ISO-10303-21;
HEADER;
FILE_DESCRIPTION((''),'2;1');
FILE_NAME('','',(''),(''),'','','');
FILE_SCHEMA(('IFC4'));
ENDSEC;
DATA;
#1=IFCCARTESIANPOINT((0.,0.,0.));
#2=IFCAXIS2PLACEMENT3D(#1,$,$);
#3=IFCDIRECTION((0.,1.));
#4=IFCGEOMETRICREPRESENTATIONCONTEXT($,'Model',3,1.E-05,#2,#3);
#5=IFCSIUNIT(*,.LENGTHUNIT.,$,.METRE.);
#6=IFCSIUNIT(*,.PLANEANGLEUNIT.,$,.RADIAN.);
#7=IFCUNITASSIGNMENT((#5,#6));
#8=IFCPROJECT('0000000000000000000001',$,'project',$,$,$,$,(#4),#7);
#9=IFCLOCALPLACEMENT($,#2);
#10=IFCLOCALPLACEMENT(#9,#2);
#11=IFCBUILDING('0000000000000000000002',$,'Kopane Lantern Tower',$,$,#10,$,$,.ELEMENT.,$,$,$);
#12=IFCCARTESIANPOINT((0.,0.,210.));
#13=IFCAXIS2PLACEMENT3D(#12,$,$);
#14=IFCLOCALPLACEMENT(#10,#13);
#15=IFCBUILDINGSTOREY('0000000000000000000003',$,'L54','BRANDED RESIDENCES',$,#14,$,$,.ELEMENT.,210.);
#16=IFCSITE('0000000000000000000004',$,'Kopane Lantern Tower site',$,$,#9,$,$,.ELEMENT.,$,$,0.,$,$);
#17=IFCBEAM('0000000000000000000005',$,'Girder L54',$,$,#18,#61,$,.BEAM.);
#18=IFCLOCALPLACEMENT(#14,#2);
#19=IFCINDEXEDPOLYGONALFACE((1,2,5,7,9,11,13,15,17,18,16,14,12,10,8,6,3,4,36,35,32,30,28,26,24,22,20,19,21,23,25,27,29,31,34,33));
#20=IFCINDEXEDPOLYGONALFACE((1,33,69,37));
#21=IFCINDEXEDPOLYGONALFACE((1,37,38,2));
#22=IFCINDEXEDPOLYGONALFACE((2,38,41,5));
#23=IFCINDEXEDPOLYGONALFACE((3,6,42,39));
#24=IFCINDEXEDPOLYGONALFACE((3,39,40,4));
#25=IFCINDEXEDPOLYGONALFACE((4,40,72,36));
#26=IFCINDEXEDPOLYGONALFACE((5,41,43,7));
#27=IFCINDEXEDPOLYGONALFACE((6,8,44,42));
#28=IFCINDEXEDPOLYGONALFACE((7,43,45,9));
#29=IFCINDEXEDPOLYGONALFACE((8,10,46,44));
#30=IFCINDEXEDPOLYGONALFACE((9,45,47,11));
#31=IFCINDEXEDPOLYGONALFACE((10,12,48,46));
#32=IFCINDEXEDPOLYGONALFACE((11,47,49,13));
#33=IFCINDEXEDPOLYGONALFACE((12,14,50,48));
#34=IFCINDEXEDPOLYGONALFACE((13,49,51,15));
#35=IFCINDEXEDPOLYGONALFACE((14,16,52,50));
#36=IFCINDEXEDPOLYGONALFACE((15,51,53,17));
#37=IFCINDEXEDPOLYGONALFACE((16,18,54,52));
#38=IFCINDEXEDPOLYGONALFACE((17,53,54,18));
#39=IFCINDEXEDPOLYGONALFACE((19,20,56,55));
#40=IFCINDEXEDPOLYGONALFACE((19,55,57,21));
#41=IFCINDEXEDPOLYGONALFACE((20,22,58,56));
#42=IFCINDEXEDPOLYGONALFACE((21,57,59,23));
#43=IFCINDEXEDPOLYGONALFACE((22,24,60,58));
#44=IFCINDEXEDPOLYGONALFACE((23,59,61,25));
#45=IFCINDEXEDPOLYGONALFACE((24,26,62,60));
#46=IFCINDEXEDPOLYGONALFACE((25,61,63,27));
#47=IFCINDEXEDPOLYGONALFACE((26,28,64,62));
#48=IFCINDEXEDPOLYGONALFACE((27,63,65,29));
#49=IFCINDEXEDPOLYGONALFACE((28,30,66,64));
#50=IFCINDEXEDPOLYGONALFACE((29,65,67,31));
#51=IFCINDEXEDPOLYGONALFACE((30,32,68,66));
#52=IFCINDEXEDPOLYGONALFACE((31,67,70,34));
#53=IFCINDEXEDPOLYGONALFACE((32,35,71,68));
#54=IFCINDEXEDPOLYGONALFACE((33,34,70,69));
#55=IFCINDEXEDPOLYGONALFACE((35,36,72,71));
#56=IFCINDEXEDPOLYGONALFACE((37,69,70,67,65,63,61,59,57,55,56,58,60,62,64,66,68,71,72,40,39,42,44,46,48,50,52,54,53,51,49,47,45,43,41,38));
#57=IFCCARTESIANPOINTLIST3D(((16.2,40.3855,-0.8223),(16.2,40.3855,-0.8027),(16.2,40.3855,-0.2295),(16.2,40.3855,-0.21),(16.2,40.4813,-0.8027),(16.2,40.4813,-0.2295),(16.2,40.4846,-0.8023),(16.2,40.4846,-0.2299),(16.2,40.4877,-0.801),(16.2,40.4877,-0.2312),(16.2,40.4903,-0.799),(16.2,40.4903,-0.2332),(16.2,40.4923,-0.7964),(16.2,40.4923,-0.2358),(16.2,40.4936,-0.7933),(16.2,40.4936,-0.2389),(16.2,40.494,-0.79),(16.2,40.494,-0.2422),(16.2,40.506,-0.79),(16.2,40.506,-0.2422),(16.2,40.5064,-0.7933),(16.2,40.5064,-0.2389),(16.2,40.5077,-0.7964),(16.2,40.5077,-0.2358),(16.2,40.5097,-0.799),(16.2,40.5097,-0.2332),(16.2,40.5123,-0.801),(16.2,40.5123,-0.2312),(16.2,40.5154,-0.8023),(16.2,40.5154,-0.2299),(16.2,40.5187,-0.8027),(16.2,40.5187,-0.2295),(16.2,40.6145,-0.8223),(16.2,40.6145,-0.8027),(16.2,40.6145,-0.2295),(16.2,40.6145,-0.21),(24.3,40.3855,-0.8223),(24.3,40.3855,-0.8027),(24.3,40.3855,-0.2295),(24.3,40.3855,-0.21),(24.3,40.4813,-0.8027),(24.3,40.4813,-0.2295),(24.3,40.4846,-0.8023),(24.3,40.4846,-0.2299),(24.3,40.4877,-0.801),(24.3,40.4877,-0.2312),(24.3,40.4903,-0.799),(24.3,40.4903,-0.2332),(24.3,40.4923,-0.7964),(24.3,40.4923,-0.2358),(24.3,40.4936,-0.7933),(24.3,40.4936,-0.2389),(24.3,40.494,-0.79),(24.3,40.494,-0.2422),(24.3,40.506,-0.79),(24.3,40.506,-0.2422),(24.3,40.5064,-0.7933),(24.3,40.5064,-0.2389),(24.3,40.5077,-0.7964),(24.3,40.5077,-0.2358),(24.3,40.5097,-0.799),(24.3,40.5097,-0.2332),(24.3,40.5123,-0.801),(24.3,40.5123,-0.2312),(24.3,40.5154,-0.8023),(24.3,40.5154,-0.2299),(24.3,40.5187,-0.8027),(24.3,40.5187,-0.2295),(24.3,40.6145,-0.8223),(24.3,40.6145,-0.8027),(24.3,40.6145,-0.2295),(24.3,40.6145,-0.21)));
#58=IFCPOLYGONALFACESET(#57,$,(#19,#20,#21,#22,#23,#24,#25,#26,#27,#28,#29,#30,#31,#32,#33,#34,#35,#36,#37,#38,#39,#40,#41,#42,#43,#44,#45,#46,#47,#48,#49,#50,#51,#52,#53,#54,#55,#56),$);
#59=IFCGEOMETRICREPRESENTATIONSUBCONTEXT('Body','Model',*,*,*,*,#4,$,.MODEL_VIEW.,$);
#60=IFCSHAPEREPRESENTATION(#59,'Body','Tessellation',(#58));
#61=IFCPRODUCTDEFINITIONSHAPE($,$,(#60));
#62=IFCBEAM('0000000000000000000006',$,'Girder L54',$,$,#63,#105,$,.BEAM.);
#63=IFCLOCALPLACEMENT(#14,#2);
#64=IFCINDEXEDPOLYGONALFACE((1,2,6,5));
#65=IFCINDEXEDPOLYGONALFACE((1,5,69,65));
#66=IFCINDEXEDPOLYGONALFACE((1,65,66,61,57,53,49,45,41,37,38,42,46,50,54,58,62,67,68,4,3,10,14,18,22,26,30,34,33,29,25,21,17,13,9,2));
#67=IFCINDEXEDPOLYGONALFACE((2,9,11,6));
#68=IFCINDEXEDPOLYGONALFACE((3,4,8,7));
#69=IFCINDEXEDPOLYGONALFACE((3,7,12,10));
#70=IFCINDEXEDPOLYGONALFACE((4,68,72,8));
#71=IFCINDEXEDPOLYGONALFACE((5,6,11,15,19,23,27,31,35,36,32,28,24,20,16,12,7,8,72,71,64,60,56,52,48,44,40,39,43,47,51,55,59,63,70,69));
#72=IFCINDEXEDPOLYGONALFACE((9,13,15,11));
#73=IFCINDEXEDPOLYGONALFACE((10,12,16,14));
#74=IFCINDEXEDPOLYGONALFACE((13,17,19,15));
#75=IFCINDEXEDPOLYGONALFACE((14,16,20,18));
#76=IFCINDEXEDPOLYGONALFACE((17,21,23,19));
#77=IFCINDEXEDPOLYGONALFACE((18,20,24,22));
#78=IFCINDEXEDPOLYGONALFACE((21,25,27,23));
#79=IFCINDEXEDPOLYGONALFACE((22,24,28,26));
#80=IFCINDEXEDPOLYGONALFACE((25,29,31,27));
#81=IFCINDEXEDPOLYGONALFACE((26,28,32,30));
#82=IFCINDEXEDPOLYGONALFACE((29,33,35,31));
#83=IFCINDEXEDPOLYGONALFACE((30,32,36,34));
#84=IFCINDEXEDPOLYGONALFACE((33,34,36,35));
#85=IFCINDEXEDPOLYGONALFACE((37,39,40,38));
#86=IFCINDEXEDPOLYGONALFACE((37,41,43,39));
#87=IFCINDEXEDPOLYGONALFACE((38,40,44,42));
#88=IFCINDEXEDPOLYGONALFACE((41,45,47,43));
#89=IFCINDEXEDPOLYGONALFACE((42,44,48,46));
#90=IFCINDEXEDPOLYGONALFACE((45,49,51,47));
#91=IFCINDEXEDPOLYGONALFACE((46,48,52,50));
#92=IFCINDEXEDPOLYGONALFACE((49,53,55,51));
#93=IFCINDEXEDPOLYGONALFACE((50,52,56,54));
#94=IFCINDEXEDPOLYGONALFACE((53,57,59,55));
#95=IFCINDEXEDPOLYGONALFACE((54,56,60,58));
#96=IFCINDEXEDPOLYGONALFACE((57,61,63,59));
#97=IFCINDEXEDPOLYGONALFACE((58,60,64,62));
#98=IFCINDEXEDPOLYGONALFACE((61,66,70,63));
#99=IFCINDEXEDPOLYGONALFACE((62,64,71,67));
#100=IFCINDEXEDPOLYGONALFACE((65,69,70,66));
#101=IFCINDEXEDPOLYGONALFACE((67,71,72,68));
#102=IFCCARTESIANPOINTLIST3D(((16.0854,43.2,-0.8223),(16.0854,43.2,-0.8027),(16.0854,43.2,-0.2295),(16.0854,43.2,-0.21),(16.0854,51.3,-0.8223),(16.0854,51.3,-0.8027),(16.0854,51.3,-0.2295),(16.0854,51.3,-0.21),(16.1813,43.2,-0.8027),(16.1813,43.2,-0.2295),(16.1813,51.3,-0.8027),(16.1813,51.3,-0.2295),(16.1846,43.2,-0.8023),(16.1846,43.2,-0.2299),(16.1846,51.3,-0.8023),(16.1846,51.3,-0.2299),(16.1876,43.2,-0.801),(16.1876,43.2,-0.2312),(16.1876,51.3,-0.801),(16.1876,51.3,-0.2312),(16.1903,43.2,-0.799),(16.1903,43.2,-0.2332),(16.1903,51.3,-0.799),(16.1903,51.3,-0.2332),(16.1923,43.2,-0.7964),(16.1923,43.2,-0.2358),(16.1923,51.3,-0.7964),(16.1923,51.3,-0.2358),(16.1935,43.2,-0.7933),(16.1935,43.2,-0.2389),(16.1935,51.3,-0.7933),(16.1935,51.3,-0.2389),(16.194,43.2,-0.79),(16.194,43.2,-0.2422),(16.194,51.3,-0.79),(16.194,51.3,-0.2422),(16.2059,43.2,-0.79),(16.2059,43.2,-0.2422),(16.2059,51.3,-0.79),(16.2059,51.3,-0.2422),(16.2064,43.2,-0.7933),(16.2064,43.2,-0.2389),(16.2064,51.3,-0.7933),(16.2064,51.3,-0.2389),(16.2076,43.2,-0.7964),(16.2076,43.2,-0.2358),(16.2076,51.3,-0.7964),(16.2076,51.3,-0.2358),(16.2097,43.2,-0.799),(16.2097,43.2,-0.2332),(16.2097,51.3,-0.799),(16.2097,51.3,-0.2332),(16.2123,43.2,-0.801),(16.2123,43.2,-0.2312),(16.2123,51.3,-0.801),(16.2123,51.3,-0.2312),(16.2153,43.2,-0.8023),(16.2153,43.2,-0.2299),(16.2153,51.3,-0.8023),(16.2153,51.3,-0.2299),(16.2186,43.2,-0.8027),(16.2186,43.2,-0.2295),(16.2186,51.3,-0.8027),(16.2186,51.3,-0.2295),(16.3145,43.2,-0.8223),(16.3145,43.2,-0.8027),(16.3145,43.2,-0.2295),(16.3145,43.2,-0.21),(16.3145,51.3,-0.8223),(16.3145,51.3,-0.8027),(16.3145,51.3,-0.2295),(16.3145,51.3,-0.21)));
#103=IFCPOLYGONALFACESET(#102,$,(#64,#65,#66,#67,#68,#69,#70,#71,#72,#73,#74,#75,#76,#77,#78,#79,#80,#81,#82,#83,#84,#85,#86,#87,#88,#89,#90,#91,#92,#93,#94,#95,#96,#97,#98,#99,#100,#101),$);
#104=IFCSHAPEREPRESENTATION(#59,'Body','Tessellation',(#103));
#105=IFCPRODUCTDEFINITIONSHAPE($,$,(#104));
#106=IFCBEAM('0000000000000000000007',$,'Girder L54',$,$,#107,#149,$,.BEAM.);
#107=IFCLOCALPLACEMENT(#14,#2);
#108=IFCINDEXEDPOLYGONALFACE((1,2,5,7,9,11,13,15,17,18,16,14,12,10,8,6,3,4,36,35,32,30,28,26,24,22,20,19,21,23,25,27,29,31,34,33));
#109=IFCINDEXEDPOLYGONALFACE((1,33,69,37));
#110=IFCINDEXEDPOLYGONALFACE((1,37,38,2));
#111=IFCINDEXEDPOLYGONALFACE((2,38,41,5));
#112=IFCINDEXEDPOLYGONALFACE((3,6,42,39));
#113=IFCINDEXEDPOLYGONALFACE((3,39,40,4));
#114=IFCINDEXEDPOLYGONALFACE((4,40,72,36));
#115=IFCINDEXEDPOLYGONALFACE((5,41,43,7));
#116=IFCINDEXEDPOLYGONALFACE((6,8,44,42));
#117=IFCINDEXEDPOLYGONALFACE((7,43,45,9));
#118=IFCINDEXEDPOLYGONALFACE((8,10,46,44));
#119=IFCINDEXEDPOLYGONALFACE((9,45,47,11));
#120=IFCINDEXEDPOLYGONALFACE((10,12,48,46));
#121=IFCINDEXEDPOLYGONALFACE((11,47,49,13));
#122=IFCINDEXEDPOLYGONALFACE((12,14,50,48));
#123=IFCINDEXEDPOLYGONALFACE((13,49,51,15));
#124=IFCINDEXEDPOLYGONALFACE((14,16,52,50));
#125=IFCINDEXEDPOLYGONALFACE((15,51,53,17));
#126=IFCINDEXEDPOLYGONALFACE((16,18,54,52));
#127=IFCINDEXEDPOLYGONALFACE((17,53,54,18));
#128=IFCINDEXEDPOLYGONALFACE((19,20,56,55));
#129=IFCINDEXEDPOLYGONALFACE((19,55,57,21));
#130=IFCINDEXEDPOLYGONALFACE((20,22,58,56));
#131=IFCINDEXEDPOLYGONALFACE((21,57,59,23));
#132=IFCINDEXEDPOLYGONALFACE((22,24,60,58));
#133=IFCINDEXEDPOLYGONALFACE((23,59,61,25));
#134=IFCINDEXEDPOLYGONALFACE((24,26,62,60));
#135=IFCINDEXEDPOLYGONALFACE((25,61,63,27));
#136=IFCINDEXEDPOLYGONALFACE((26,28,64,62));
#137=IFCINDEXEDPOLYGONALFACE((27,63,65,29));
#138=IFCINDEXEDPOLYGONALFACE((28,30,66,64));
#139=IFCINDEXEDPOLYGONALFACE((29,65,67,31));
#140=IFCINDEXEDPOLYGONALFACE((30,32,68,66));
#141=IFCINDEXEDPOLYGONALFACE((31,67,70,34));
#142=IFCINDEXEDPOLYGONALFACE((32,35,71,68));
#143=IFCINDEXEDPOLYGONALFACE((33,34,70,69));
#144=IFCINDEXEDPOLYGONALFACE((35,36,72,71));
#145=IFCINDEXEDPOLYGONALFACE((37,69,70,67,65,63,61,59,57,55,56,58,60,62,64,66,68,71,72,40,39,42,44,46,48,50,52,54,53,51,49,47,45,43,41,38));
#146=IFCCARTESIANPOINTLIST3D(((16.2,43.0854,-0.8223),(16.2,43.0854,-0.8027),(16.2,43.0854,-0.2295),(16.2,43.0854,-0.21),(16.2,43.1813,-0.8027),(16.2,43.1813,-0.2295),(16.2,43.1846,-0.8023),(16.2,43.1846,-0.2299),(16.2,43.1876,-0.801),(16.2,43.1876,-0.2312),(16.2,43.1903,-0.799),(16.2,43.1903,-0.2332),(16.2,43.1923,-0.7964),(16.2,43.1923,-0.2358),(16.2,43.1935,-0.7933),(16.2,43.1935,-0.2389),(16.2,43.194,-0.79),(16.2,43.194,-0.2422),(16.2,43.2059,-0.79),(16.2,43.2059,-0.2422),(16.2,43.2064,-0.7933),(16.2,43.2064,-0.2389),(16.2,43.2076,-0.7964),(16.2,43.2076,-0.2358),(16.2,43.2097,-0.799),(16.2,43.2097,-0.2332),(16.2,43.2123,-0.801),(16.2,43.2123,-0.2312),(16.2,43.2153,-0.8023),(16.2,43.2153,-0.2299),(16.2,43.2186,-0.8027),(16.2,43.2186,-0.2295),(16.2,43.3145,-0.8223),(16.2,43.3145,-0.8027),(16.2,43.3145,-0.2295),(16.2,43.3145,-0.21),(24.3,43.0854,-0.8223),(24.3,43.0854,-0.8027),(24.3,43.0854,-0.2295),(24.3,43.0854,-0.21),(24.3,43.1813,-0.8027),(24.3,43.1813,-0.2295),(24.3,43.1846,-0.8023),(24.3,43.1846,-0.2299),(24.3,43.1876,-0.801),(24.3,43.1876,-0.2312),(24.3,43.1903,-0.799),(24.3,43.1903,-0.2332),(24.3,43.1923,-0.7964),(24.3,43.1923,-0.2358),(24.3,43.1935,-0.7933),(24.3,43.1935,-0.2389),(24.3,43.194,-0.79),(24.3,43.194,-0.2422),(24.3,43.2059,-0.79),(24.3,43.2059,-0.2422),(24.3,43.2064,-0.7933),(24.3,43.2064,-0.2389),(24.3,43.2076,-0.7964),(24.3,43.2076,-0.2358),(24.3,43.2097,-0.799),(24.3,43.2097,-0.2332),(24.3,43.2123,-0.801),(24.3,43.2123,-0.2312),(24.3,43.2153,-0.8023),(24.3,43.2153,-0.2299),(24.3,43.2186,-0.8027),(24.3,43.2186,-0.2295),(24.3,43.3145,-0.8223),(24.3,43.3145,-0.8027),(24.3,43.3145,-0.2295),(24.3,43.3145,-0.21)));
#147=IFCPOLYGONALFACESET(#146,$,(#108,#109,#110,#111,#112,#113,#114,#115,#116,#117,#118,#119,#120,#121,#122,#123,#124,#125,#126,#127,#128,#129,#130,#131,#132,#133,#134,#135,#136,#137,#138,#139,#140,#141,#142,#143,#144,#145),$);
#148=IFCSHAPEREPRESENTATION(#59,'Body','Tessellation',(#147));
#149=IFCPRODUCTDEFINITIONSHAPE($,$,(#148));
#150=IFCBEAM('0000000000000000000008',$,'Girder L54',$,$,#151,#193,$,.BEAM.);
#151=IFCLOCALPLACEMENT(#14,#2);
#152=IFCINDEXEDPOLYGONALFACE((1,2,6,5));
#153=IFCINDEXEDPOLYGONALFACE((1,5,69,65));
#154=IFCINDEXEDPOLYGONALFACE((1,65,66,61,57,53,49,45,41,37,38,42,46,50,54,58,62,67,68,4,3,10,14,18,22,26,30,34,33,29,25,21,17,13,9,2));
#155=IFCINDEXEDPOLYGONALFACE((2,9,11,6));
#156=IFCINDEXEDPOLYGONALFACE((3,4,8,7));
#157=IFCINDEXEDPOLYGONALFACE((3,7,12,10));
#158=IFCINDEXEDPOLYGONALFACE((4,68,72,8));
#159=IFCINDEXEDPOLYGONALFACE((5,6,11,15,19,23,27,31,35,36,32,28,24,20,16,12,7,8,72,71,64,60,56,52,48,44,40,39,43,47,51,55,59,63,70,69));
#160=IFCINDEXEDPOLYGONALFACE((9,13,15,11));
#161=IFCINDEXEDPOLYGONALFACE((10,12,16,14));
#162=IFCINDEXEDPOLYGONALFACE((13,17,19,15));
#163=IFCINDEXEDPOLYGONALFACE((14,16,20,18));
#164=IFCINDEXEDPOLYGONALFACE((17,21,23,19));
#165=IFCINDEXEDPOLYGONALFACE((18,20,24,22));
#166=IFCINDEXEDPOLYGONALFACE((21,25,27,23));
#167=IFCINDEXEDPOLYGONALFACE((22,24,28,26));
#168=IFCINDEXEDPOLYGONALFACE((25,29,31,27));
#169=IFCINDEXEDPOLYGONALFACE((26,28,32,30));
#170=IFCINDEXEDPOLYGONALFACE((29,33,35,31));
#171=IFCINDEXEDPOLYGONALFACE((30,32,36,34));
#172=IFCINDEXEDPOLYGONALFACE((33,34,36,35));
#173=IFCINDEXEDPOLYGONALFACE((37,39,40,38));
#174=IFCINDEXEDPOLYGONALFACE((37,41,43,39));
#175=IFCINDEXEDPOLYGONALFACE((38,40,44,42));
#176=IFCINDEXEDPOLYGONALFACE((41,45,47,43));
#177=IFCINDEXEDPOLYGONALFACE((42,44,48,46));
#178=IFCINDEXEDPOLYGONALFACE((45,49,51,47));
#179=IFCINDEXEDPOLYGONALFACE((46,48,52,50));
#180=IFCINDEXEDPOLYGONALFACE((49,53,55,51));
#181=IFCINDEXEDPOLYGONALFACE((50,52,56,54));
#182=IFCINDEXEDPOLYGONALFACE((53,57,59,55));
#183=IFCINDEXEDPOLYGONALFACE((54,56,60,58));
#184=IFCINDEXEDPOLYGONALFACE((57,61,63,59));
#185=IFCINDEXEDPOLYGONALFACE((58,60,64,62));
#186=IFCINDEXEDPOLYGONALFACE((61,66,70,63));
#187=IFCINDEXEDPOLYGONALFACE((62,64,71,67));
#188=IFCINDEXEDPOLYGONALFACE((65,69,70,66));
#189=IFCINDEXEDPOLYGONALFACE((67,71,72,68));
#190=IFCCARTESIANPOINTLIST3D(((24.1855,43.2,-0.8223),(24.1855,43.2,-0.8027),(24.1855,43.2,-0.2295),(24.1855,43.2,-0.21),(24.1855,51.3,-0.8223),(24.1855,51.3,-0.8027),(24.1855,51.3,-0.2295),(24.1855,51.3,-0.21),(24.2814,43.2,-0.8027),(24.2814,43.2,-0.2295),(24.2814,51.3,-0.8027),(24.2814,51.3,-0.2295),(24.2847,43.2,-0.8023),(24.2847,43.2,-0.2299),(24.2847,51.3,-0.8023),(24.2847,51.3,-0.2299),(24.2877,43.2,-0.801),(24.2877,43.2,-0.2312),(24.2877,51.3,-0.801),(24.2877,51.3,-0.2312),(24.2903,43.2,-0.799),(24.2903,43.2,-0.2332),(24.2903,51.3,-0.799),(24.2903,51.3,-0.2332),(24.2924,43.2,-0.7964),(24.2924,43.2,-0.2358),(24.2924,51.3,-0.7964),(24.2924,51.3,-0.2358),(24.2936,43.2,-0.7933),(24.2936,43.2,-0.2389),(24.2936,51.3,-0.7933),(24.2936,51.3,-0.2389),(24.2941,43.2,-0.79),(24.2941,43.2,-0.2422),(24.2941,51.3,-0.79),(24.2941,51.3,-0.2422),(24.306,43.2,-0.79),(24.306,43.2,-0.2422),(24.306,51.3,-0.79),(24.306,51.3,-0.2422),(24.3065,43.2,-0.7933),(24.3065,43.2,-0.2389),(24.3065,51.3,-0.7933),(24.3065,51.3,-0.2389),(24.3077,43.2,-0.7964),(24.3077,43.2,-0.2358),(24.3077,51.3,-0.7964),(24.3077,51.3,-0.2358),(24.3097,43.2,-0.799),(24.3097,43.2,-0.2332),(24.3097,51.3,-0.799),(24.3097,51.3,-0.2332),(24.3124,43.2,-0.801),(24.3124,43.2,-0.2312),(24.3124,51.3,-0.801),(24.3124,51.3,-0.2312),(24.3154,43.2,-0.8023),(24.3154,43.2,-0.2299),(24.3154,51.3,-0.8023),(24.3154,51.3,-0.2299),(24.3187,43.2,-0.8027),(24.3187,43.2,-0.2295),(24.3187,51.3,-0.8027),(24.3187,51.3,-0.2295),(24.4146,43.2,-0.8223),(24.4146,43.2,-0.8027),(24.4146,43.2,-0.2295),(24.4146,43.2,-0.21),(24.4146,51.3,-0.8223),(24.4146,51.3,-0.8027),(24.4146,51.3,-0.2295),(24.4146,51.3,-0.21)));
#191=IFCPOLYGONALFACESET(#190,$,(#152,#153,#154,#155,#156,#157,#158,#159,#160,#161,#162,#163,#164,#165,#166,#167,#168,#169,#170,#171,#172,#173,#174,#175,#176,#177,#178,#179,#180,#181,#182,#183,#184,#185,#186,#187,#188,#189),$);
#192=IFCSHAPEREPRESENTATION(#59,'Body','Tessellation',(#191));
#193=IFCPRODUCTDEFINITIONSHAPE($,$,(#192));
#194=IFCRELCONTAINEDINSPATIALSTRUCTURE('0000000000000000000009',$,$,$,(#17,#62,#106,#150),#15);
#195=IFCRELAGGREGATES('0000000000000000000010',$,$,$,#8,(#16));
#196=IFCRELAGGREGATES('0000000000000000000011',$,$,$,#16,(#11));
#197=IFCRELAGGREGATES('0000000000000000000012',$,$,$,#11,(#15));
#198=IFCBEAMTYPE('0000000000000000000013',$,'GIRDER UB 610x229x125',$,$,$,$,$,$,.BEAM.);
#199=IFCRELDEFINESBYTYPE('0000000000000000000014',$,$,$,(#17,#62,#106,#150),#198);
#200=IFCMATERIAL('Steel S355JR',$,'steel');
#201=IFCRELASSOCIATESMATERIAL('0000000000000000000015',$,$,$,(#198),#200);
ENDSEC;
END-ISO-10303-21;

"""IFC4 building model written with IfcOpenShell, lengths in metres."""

from ifc_helpers import new_model, si_unit, direction, frame, origin, origin_2d, place, context, subcontext, project, spatial, i_section, extrude, material, material_profile, profile_set, type_object, element, save


model = new_model("IFC4")

# Units and contexts
model_context = context("Model", 3, precision=1e-05, world=origin(), true_north=direction((0.0, 1.0)))
body_context = subcontext(model_context, "Body", "Model", "MODEL_VIEW")
ifc_project = project(units=[si_unit("LENGTHUNIT", "METRE"), si_unit("PLANEANGLEUNIT", "RADIAN")], contexts=[model_context])

# Site, building, storey
site_placement = place(None, origin())
site = spatial("IfcSite", under=ifc_project, at=site_placement, Name="Kopane Lantern Tower site", CompositionType="ELEMENT", RefElevation=0.0)
building_placement = place(site_placement, origin())
building = spatial("IfcBuilding", under=site, at=building_placement, Name="Kopane Lantern Tower", CompositionType="ELEMENT")
storey_placement = place(building_placement, frame((0.0, 0.0, 210.0)))
storey = spatial("IfcBuildingStorey", under=building, at=storey_placement, Name="L54", Description="BRANDED RESIDENCES", CompositionType="ELEMENT", Elevation=210.0)

# Beams
ifc_material_1 = material(Name="Steel S355JR", Category="steel")
ifc_material_profile_1 = material_profile(ifc_material_1, i_section(OverallWidth=0.229, OverallDepth=0.6123, WebThickness=0.012, FlangeThickness=0.0195, FilletRadius=0.0127, at=origin_2d()), Name="UB 610x229x125")
ifc_profile_set_1 = profile_set([ifc_material_profile_1], Name="Steel S355JR")
beam_type_1 = type_object("IfcBeamType", Name="GIRDER UB 610x229x125", PredefinedType="BEAM", material=ifc_profile_set_1)
for number, where, z_axis, x_axis, name in (
    (1, (16.2, 40.5, -0.5161), (1.0, 0.0, 0.0), (0.0, 1.0, 0.0), "Girder L54"),
    (2, (16.2, 43.2, -0.5161), (0.0, 1.0, 0.0), (-1.0, 0.0, 0.0), "Girder L54"),
    (3, (16.2, 43.2, -0.5161), (1.0, 0.0, 0.0), (0.0, 1.0, 0.0), "Girder L54"),
    (4, (24.3, 43.2, -0.5161), (0.0, 1.0, 0.0), (-1.0, 0.0, 0.0), "Girder L54"),
):
    element("IfcBeam", number, at=place(storey_placement, frame(where, z_axis=z_axis, x_axis=x_axis)), inside=storey, type_object=beam_type_1, Name=name, PredefinedType="BEAM", context=body_context, shape_type="SweptSolid", body=[
        extrude(i_section(OverallWidth=0.229, OverallDepth=0.6123, WebThickness=0.012, FlangeThickness=0.0195, FilletRadius=0.0127, at=origin_2d()), origin(), (0.0, 0.0, 1.0), 8.1001),
    ])

save(model, "model.ifc")
